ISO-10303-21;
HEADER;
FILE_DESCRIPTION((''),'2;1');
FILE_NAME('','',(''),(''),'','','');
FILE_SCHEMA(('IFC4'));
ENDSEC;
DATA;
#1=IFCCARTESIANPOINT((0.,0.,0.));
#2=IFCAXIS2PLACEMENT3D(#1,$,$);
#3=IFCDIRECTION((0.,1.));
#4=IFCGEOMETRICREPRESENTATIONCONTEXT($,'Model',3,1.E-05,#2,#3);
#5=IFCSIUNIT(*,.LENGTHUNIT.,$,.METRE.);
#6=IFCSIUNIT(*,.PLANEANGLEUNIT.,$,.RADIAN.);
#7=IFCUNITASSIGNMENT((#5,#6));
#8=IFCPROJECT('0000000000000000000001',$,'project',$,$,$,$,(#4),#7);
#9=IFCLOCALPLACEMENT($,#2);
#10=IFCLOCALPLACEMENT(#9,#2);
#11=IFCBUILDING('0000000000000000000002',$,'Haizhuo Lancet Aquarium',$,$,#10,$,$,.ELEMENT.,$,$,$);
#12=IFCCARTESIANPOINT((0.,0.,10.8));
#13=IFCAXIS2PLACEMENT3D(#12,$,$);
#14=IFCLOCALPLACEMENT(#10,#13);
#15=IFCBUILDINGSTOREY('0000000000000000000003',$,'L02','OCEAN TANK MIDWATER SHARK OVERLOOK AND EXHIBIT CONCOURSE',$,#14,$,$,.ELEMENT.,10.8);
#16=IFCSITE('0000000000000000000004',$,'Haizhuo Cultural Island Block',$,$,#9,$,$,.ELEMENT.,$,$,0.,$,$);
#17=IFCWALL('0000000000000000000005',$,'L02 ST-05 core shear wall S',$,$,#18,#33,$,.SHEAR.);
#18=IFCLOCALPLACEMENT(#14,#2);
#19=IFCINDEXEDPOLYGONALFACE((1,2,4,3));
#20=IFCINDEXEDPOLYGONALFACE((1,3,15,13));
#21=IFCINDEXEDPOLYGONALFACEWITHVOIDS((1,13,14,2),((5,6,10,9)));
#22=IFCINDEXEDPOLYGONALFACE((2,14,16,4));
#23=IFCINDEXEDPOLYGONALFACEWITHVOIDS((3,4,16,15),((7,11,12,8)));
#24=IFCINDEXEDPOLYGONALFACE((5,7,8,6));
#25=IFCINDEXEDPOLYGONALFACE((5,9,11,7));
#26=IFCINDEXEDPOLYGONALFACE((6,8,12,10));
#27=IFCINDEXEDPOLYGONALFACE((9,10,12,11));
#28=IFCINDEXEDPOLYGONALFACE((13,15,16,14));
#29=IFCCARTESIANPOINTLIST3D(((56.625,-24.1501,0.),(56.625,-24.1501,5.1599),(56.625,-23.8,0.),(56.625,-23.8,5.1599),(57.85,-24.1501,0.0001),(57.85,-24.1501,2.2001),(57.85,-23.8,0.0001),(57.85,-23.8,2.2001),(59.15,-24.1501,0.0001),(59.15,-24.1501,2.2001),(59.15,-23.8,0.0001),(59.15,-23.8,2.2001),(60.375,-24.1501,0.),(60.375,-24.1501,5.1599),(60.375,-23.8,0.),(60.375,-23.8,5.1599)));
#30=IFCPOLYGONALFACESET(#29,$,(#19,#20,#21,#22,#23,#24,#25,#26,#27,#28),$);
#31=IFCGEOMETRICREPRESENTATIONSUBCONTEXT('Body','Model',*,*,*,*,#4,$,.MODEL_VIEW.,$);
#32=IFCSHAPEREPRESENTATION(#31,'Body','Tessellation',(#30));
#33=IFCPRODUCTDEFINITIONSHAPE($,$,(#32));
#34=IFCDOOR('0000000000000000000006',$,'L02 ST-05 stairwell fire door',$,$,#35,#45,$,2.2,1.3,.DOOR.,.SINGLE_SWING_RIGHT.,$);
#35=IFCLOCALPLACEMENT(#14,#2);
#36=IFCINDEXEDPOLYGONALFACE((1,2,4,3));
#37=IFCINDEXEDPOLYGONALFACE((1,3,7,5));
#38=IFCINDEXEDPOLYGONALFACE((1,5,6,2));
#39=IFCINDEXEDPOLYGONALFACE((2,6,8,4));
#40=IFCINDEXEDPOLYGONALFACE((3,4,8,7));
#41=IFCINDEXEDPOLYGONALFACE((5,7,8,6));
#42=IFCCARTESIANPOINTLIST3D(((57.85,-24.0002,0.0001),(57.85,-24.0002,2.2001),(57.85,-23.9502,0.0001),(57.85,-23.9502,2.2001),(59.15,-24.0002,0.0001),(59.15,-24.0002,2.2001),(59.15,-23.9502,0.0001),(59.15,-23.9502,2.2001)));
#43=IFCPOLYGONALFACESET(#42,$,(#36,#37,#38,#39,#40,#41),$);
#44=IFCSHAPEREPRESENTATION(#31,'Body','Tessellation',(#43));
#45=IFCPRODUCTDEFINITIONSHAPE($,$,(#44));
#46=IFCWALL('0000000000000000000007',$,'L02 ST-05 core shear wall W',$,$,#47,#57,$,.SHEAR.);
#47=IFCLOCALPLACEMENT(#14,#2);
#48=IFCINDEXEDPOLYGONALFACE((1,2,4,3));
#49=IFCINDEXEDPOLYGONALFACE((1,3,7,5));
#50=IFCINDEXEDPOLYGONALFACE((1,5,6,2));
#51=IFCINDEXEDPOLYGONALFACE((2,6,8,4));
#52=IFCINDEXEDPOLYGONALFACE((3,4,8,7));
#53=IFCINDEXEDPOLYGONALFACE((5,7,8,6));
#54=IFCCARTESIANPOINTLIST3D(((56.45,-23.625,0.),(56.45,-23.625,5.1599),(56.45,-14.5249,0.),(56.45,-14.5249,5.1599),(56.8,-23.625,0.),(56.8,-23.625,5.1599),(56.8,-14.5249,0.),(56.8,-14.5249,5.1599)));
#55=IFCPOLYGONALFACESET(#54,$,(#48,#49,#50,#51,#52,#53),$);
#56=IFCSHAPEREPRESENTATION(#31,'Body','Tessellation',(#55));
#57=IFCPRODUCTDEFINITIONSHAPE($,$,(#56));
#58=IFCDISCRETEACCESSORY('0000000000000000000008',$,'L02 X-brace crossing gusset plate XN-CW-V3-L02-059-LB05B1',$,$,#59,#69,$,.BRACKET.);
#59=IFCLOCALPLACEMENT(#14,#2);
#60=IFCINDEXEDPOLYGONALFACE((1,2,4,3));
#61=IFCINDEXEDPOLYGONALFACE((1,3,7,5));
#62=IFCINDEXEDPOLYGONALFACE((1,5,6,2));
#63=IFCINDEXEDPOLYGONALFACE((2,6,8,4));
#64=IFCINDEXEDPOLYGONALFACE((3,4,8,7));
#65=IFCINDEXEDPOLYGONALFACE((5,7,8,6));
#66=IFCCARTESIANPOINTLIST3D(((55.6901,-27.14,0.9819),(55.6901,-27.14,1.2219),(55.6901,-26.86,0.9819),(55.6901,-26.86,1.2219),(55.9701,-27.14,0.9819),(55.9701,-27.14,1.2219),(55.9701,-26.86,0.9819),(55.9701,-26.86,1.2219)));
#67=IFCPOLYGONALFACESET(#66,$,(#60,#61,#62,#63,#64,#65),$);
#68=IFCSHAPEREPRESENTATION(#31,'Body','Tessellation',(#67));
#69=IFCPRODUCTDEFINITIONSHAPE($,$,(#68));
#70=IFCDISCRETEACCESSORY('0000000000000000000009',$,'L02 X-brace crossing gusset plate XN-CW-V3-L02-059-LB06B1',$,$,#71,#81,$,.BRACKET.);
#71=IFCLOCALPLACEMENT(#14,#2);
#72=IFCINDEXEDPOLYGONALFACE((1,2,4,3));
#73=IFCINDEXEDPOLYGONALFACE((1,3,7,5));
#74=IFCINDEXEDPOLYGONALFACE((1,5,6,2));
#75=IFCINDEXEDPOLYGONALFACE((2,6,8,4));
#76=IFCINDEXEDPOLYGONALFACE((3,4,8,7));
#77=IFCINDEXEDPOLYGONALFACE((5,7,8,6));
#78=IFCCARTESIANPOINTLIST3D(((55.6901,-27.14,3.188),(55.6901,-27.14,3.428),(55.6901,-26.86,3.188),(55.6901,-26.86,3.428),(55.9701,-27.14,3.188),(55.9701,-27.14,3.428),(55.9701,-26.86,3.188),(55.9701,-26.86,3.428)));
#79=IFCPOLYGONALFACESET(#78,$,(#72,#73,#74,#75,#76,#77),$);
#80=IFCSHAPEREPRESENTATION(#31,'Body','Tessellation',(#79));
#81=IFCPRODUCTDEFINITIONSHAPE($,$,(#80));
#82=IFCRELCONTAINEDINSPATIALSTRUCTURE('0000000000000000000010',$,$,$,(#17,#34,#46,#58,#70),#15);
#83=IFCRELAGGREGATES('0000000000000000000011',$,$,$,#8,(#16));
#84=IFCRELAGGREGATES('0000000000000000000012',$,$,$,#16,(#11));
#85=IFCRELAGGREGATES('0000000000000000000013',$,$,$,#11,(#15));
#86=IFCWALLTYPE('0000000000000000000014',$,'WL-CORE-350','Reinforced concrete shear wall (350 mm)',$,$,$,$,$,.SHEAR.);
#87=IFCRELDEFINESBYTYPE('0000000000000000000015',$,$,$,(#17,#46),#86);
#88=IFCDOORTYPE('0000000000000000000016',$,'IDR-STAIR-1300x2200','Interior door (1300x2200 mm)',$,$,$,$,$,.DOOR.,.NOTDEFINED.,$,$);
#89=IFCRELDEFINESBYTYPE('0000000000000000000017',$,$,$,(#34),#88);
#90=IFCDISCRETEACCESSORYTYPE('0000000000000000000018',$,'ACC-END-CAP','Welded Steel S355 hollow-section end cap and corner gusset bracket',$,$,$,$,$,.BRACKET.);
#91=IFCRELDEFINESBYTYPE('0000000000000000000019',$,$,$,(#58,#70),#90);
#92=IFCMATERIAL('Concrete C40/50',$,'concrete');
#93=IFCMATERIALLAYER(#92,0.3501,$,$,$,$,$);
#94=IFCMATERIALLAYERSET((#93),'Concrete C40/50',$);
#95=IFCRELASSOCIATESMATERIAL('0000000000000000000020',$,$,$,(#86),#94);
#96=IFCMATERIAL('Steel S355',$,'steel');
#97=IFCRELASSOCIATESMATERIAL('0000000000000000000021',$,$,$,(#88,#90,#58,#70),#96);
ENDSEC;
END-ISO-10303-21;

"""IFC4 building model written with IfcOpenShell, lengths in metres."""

from ifc_helpers import new_model, si_unit, direction, frame, frame_2d, origin, origin_2d, place, context, subcontext, project, spatial, rectangle, extrude, material, layer, layer_set, type_object, element, fill, save


model = new_model("IFC4")

# Units and contexts
model_context = context("Model", 3, precision=1e-05, world=origin(), true_north=direction((0.0, 1.0)))
body_context = subcontext(model_context, "Body", "Model", "MODEL_VIEW")
ifc_project = project(units=[si_unit("LENGTHUNIT", "METRE"), si_unit("PLANEANGLEUNIT", "RADIAN")], contexts=[model_context])

# Site, building, storey
site_placement = place(None, origin())
site = spatial("IfcSite", under=ifc_project, at=site_placement, Name="Haizhuo Cultural Island Block", CompositionType="ELEMENT", RefElevation=0.0)
building_placement = place(site_placement, origin())
building = spatial("IfcBuilding", under=site, at=building_placement, Name="Haizhuo Lancet Aquarium", CompositionType="ELEMENT")
storey_placement = place(building_placement, frame((0.0, 0.0, 10.8)))
storey = spatial("IfcBuildingStorey", under=building, at=storey_placement, Name="L02", Description="OCEAN TANK MIDWATER SHARK OVERLOOK AND EXHIBIT CONCOURSE", CompositionType="ELEMENT", Elevation=10.8)

# Shared definitions
ifc_material_1 = material(Name="Steel S355", Category="steel")

# Wall, opening, door
ifc_material_2 = material(Name="Concrete C40/50", Category="concrete")
ifc_layer_1 = layer(ifc_material_2, 0.3501)
ifc_layer_set_1 = layer_set([ifc_layer_1], Name="Concrete C40/50")
wall_type = type_object("IfcWallType", Name="WL-CORE-350", Description="Reinforced concrete shear wall (350 mm)", PredefinedType="SHEAR", material=ifc_layer_set_1)
wall_1_placement = place(storey_placement, frame((56.625, -23.9751, 0.0), z_axis=(0.0, 0.0, 1.0), x_axis=(1.0, 0.0, 0.0)))
wall_1 = element("IfcWall", 1, at=wall_1_placement, inside=storey, type_object=wall_type, Name="L02 ST-05 core shear wall S", PredefinedType="SHEAR", context=body_context, shape_type="SweptSolid", body=[
    extrude(rectangle(XDim=3.75, YDim=0.3501, at=frame_2d((1.875, 0.0))), origin(), (0.0, 0.0, 1.0), 5.1599),
])
opening_placement = place(wall_1_placement, frame((1.2251, 0.0, 0.0)))
opening = element("IfcOpeningElement", 2, at=opening_placement, cuts=wall_1, PredefinedType="OPENING", context=body_context, shape_type="SweptSolid", body=[
    extrude(rectangle(XDim=1.3, YDim=2.2, at=frame_2d((0.6499, 1.1001))), frame((0.0, 0.1851, 0.0), z_axis=(0.0, -1.0, 0.0), x_axis=(1.0, 0.0, 0.0)), (0.0, 0.0, 1.0), 0.3701),
])
door_type = type_object("IfcDoorType", Name="IDR-STAIR-1300x2200", Description="Interior door (1300x2200 mm)", OperationType="NOTDEFINED", PredefinedType="DOOR", material=ifc_material_1)
door_placement = place(opening_placement, origin())
door = element("IfcDoor", 3, at=door_placement, inside=storey, type_object=door_type, Name="L02 ST-05 stairwell fire door", OperationType="SINGLE_SWING_RIGHT", OverallHeight=2.2, OverallWidth=1.3, PredefinedType="DOOR", context=body_context, shape_type="SweptSolid", body=[
    extrude(rectangle(XDim=1.3, YDim=2.2, at=frame_2d((0.6499, 1.1001))), frame((0.0, 0.0249, 0.0), z_axis=(0.0, -1.0, 0.0), x_axis=(1.0, 0.0, 0.0)), (0.0, 0.0, 1.0), 0.05),
])
fill(opening, door)

# Wall
wall_2_placement = place(storey_placement, frame((56.625, -23.625, 0.0), z_axis=(0.0, 0.0, 1.0), x_axis=(0.0, 1.0, 0.0)))
element("IfcWall", 4, at=wall_2_placement, inside=storey, type_object=wall_type, Name="L02 ST-05 core shear wall W", PredefinedType="SHEAR", context=body_context, shape_type="SweptSolid", body=[
    extrude(rectangle(XDim=9.1001, YDim=0.3501, at=frame_2d((4.55, 0.0))), origin(), (0.0, 0.0, 1.0), 5.1599),
])

# Discrete accessories
discrete_accessory_type = type_object("IfcDiscreteAccessoryType", Name="ACC-END-CAP", Description="Welded Steel S355 hollow-section end cap and corner gusset bracket", PredefinedType="BRACKET", material=ifc_material_1)
for number, where, z_axis, x_axis, name in (
    (5, (55.8301, -27.0, 0.9819), (0.0, 0.0, 1.0), (1.0, 0.0, 0.0), "L02 X-brace crossing gusset plate XN-CW-V3-L02-059-LB05B1"),
    (6, (55.8301, -27.0, 3.188), (0.0, 0.0, 1.0), (1.0, 0.0, 0.0), "L02 X-brace crossing gusset plate XN-CW-V3-L02-059-LB06B1"),
):
    element("IfcDiscreteAccessory", number, at=place(storey_placement, frame(where, z_axis=z_axis, x_axis=x_axis)), inside=storey, type_object=discrete_accessory_type, material=ifc_material_1, Name=name, PredefinedType="BRACKET", context=body_context, shape_type="SweptSolid", body=[
        extrude(rectangle(XDim=0.28, YDim=0.28, at=origin_2d()), origin(), (0.0, 0.0, 1.0), 0.24),
    ])

save(model, "model.ifc")
